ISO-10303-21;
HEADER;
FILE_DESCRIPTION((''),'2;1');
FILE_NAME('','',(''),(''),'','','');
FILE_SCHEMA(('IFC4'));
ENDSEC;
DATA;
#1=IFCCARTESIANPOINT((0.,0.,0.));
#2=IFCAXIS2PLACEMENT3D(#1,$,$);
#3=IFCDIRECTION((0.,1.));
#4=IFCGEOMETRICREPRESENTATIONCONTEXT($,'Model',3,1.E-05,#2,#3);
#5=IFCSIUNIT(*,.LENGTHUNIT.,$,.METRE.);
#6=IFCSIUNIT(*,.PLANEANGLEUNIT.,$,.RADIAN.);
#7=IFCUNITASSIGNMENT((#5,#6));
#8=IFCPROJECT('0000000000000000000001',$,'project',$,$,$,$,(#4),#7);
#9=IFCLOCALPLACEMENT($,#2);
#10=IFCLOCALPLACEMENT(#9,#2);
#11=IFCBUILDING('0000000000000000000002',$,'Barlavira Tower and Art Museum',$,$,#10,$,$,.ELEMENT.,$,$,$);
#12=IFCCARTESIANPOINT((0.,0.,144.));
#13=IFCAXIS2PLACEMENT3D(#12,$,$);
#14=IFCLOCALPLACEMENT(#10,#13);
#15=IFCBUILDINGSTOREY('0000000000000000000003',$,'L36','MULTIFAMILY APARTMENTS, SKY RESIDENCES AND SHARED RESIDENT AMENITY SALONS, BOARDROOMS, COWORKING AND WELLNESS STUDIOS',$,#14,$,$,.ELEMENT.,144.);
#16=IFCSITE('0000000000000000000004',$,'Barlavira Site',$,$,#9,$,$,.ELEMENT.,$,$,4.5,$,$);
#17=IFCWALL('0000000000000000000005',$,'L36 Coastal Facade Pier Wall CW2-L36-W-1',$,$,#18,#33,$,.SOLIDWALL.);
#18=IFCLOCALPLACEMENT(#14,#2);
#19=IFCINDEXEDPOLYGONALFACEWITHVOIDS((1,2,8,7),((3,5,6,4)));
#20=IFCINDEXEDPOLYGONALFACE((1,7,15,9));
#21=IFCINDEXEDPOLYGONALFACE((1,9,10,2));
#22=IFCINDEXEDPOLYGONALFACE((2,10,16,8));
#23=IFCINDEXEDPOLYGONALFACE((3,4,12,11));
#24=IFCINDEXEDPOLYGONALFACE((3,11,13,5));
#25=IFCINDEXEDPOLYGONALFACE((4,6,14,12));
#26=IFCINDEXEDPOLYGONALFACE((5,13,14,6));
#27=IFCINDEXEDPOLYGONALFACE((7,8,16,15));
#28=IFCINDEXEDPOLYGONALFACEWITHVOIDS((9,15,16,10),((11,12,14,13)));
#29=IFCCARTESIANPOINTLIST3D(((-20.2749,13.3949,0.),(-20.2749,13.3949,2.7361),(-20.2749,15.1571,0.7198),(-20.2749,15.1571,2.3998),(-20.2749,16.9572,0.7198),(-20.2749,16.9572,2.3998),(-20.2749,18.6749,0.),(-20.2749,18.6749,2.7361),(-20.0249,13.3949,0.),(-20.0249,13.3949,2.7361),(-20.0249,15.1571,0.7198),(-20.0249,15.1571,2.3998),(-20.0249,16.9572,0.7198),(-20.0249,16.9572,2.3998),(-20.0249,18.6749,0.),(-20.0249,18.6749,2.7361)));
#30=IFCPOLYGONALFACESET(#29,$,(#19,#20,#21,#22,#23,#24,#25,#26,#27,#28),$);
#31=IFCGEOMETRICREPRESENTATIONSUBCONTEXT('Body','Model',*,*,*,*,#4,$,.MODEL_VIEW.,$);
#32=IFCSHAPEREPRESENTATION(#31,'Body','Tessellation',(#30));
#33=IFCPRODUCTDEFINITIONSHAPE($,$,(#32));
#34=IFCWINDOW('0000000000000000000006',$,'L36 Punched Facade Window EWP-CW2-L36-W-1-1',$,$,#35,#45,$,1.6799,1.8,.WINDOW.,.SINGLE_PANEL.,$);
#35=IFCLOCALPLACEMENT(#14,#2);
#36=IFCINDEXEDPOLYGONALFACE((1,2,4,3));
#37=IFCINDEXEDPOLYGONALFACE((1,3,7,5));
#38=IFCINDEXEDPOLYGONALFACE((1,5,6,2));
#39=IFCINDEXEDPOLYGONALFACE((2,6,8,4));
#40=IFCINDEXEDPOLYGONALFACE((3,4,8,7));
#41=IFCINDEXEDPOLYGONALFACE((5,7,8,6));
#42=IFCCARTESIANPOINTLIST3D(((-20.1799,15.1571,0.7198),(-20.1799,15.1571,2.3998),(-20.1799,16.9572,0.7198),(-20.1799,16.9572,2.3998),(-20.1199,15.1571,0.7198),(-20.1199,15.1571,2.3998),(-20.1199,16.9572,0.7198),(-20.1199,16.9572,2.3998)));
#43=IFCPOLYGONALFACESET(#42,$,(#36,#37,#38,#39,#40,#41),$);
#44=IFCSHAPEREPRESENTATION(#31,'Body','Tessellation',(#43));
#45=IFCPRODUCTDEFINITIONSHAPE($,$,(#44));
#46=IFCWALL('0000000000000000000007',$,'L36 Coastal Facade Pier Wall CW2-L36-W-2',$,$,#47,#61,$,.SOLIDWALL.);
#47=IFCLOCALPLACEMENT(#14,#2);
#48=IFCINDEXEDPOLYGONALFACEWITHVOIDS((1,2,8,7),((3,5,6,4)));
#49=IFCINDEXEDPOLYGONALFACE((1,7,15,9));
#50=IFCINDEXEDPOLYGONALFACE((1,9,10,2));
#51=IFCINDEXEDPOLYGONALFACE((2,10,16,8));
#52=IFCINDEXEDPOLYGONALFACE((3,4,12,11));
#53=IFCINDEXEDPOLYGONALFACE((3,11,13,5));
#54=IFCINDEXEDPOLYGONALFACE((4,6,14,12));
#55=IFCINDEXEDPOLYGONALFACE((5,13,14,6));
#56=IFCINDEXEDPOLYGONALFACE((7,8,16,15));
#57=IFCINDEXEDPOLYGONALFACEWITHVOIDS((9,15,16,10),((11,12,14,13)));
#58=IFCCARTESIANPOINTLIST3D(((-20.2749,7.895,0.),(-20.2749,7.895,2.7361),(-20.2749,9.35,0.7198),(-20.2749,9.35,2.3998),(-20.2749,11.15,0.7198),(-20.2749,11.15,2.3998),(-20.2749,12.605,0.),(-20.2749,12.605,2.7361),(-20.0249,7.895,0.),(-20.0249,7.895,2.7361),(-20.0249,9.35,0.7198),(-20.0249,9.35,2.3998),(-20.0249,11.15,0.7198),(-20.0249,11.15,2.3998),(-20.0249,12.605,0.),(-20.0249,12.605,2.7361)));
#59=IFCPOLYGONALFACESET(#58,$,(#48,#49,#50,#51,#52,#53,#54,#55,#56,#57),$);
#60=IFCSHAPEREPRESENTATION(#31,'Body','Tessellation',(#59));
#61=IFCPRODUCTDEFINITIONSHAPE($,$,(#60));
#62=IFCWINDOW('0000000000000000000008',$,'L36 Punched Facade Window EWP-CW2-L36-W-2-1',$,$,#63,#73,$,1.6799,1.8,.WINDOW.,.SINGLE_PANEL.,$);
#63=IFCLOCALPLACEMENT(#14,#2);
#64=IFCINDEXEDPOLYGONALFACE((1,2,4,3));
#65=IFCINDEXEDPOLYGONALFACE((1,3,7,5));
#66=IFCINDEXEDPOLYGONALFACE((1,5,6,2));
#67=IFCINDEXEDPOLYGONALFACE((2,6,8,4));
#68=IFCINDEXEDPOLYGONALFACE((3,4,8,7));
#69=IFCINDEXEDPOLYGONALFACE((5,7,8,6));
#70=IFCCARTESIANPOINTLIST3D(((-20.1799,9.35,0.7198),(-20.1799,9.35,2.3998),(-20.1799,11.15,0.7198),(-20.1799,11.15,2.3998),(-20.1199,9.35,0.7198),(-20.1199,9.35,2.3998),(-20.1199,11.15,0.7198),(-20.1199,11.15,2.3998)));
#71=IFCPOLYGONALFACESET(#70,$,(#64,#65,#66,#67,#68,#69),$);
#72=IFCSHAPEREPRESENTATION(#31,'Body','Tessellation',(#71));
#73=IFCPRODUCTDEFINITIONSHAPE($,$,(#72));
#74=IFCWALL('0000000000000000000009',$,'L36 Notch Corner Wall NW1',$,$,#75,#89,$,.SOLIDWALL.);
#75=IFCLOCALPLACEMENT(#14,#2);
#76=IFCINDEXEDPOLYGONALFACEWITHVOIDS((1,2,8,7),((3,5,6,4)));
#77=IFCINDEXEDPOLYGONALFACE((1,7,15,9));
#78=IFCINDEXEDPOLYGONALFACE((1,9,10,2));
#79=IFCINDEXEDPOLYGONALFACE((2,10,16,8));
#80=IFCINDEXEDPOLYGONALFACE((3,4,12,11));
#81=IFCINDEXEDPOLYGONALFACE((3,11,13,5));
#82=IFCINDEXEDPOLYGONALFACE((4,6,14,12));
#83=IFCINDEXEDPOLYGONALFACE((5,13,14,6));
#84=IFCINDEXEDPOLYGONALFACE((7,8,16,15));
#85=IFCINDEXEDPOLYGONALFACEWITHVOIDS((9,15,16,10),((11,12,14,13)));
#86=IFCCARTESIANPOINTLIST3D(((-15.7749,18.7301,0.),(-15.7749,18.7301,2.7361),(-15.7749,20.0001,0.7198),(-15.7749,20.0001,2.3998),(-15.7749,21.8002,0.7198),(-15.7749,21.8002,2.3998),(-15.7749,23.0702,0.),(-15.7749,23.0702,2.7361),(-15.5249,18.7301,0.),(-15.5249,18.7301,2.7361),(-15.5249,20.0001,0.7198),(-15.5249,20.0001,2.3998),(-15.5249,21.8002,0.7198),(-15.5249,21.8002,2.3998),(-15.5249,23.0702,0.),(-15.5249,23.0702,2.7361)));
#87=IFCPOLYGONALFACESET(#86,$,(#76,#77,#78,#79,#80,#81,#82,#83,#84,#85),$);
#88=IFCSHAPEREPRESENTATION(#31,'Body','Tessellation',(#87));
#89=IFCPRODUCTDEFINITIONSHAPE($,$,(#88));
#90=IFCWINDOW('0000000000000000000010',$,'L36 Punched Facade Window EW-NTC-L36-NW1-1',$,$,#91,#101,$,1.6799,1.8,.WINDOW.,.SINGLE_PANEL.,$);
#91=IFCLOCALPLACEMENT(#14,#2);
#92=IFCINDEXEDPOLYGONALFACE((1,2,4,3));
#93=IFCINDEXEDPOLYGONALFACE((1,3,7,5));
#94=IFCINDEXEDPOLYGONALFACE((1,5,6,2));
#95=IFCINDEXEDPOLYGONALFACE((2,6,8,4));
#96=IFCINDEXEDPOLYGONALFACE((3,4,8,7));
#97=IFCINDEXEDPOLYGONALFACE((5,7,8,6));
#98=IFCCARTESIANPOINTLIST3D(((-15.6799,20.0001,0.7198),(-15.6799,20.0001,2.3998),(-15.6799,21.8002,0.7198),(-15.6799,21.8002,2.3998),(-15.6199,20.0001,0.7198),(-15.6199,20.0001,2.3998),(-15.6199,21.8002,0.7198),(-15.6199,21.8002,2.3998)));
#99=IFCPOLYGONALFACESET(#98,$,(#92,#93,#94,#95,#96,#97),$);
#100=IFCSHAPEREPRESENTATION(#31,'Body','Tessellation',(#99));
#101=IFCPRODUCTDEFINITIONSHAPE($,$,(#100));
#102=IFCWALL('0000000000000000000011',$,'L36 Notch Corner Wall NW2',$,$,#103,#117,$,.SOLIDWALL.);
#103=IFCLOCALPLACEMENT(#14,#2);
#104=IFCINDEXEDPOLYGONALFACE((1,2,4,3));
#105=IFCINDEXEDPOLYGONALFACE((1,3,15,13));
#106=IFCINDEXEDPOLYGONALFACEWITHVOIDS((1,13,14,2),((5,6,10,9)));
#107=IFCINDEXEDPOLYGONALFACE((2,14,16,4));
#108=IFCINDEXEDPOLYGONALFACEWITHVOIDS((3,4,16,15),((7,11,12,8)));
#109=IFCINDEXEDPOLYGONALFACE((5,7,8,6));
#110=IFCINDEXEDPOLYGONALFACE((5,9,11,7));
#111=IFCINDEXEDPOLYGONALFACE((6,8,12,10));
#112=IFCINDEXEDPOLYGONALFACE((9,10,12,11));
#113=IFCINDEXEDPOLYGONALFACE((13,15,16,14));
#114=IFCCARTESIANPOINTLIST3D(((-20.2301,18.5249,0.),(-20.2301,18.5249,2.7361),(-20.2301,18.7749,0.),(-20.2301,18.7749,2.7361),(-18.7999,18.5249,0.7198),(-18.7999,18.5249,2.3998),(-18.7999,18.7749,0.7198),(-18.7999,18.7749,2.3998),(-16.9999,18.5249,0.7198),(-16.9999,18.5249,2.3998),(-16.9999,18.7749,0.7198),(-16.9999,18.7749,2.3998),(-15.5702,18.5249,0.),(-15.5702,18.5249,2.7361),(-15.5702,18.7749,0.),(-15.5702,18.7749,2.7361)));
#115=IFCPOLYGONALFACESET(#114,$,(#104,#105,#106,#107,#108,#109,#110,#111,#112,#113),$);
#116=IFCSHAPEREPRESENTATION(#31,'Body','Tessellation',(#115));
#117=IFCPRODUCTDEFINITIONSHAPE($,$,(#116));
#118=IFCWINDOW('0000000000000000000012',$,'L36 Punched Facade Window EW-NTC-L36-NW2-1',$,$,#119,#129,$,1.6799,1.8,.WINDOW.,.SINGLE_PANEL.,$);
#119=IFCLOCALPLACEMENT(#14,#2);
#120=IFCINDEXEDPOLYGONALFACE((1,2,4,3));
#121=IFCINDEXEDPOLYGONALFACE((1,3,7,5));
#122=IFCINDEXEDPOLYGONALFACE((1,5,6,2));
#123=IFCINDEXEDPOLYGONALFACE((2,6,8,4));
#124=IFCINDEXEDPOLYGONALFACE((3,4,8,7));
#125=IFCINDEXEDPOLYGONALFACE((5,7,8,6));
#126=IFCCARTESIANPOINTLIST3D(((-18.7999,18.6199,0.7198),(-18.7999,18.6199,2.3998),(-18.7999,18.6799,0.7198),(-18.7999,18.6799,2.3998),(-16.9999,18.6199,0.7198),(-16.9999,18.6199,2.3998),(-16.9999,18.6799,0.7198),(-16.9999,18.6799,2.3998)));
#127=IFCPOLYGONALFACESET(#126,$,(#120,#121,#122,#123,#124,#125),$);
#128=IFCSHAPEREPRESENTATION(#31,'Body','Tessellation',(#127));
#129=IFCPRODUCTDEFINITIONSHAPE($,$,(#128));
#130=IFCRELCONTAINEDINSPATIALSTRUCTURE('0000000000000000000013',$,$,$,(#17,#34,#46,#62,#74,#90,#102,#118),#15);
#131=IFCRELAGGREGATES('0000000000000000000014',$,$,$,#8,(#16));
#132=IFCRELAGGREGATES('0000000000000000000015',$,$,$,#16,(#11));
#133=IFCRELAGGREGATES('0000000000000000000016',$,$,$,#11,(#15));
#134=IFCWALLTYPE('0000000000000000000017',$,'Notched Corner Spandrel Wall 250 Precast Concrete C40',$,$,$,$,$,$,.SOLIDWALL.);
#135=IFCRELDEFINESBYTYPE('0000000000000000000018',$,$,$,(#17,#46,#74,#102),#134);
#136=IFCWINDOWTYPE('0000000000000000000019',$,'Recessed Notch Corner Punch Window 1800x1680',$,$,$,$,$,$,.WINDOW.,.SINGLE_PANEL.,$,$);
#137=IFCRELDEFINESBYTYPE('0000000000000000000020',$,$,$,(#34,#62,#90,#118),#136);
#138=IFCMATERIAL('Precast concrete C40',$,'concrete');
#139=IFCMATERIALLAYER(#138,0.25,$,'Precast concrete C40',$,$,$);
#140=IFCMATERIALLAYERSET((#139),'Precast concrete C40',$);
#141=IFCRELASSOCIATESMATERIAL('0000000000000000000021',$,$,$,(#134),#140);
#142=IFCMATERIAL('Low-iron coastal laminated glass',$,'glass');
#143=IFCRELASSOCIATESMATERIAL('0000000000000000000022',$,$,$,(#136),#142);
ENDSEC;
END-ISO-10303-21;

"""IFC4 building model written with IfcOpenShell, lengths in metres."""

from ifc_helpers import new_model, si_unit, direction, frame, frame_2d, origin, place, context, subcontext, project, spatial, rectangle, extrude, material, layer, layer_set, type_object, element, fill, save


model = new_model("IFC4")

# Units and contexts
model_context = context("Model", 3, precision=1e-05, world=origin(), true_north=direction((0.0, 1.0)))
body_context = subcontext(model_context, "Body", "Model", "MODEL_VIEW")
ifc_project = project(units=[si_unit("LENGTHUNIT", "METRE"), si_unit("PLANEANGLEUNIT", "RADIAN")], contexts=[model_context])

# Site, building, storey
site_placement = place(None, origin())
site = spatial("IfcSite", under=ifc_project, at=site_placement, Name="Barlavira Site", CompositionType="ELEMENT", RefElevation=4.5)
building_placement = place(site_placement, origin())
building = spatial("IfcBuilding", under=site, at=building_placement, Name="Barlavira Tower and Art Museum", CompositionType="ELEMENT")
storey_placement = place(building_placement, frame((0.0, 0.0, 144.0)))
storey = spatial("IfcBuildingStorey", under=building, at=storey_placement, Name="L36", Description="MULTIFAMILY APARTMENTS, SKY RESIDENCES AND SHARED RESIDENT AMENITY SALONS, BOARDROOMS, COWORKING AND WELLNESS STUDIOS", CompositionType="ELEMENT", Elevation=144.0)

# Walls, openings, windows
ifc_material_1 = material(Name="Precast concrete C40", Category="concrete")
ifc_layer_1 = layer(ifc_material_1, 0.25, Name="Precast concrete C40")
ifc_layer_set_1 = layer_set([ifc_layer_1], Name="Precast concrete C40")
wall_type_1 = type_object("IfcWallType", Name="Notched Corner Spandrel Wall 250 Precast Concrete C40", PredefinedType="SOLIDWALL", material=ifc_layer_set_1)
ifc_material_2 = material(Name="Low-iron coastal laminated glass", Category="glass")
window_type = type_object("IfcWindowType", Name="Recessed Notch Corner Punch Window 1800x1680", PartitioningType="SINGLE_PANEL", PredefinedType="WINDOW", material=ifc_material_2)
wall_1_placement = place(storey_placement, frame((-20.1499, 18.675, 0.0), z_axis=(0.0, 0.0, 1.0), x_axis=(0.0, -1.0, 0.0)))
wall_1 = element("IfcWall", 1, at=wall_1_placement, inside=storey, type_object=wall_type_1, Name="L36 Coastal Facade Pier Wall CW2-L36-W-1", PredefinedType="SOLIDWALL", context=body_context, shape_type="SweptSolid", body=[
    extrude(rectangle(XDim=5.28, YDim=0.25, at=frame_2d((2.6401, 0.0))), origin(), (0.0, 0.0, 1.0), 2.7361),
])
opening_1_placement = place(wall_1_placement, frame((1.718, 0.0, 0.72)))
opening_1 = element("IfcOpeningElement", 2, at=opening_1_placement, cuts=wall_1, PredefinedType="OPENING", context=body_context, shape_type="SweptSolid", body=[
    extrude(rectangle(XDim=1.8, YDim=1.6799, at=frame_2d((0.8999, 0.8398))), frame((0.0, 0.135, 0.0), z_axis=(0.0, -1.0, 0.0), x_axis=(1.0, 0.0, 0.0)), (0.0, 0.0, 1.0), 0.27),
])
window_1_placement = place(opening_1_placement, origin())
window_1 = element("IfcWindow", 3, at=window_1_placement, inside=storey, type_object=window_type, Name="L36 Punched Facade Window EWP-CW2-L36-W-1-1", OverallHeight=1.6799, OverallWidth=1.8, PartitioningType="SINGLE_PANEL", PredefinedType="WINDOW", context=body_context, shape_type="SweptSolid", body=[
    extrude(rectangle(XDim=1.8, YDim=1.6799, at=frame_2d((0.8999, 0.8398))), frame((0.0, 0.03, 0.0), z_axis=(0.0, -1.0, 0.0), x_axis=(1.0, 0.0, 0.0)), (0.0, 0.0, 1.0), 0.0601),
])
fill(opening_1, window_1)
wall_2_placement = place(storey_placement, frame((-20.1499, 12.605, 0.0), z_axis=(0.0, 0.0, 1.0), x_axis=(0.0, -1.0, 0.0)))
wall_2 = element("IfcWall", 4, at=wall_2_placement, inside=storey, type_object=wall_type_1, Name="L36 Coastal Facade Pier Wall CW2-L36-W-2", PredefinedType="SOLIDWALL", context=body_context, shape_type="SweptSolid", body=[
    extrude(rectangle(XDim=4.71, YDim=0.25, at=frame_2d((2.355, 0.0))), origin(), (0.0, 0.0, 1.0), 2.7361),
])
opening_2_placement = place(wall_2_placement, frame((1.4551, 0.0, 0.72)))
opening_2 = element("IfcOpeningElement", 5, at=opening_2_placement, cuts=wall_2, PredefinedType="OPENING", context=body_context, shape_type="SweptSolid", body=[
    extrude(rectangle(XDim=1.8, YDim=1.6799, at=frame_2d((0.8999, 0.8398))), frame((0.0, 0.135, 0.0), z_axis=(0.0, -1.0, 0.0), x_axis=(1.0, 0.0, 0.0)), (0.0, 0.0, 1.0), 0.27),
])
window_2_placement = place(opening_2_placement, origin())
window_2 = element("IfcWindow", 6, at=window_2_placement, inside=storey, type_object=window_type, Name="L36 Punched Facade Window EWP-CW2-L36-W-2-1", OverallHeight=1.6799, OverallWidth=1.8, PartitioningType="SINGLE_PANEL", PredefinedType="WINDOW", context=body_context, shape_type="SweptSolid", body=[
    extrude(rectangle(XDim=1.8, YDim=1.6799, at=frame_2d((0.8999, 0.8398))), frame((0.0, 0.03, 0.0), z_axis=(0.0, -1.0, 0.0), x_axis=(1.0, 0.0, 0.0)), (0.0, 0.0, 1.0), 0.0601),
])
fill(opening_2, window_2)
wall_3_placement = place(storey_placement, frame((-15.6499, 23.0701, 0.0), z_axis=(0.0, 0.0, 1.0), x_axis=(0.0, -1.0, 0.0)))
wall_3 = element("IfcWall", 7, at=wall_3_placement, inside=storey, type_object=wall_type_1, Name="L36 Notch Corner Wall NW1", PredefinedType="SOLIDWALL", context=body_context, shape_type="SweptSolid", body=[
    extrude(rectangle(XDim=4.3401, YDim=0.25, at=frame_2d((2.1699, 0.0))), origin(), (0.0, 0.0, 1.0), 2.7361),
])
opening_3_placement = place(wall_3_placement, frame((1.27, 0.0, 0.72)))
opening_3 = element("IfcOpeningElement", 8, at=opening_3_placement, cuts=wall_3, PredefinedType="OPENING", context=body_context, shape_type="SweptSolid", body=[
    extrude(rectangle(XDim=1.8, YDim=1.6799, at=frame_2d((0.8999, 0.8398))), frame((0.0, 0.135, 0.0), z_axis=(0.0, -1.0, 0.0), x_axis=(1.0, 0.0, 0.0)), (0.0, 0.0, 1.0), 0.27),
])
window_3_placement = place(opening_3_placement, origin())
window_3 = element("IfcWindow", 9, at=window_3_placement, inside=storey, type_object=window_type, Name="L36 Punched Facade Window EW-NTC-L36-NW1-1", OverallHeight=1.6799, OverallWidth=1.8, PartitioningType="SINGLE_PANEL", PredefinedType="WINDOW", context=body_context, shape_type="SweptSolid", body=[
    extrude(rectangle(XDim=1.8, YDim=1.6799, at=frame_2d((0.8999, 0.8398))), frame((0.0, 0.03, 0.0), z_axis=(0.0, -1.0, 0.0), x_axis=(1.0, 0.0, 0.0)), (0.0, 0.0, 1.0), 0.0601),
])
fill(opening_3, window_3)
wall_4_placement = place(storey_placement, frame((-15.5701, 18.6499, 0.0), z_axis=(0.0, 0.0, 1.0), x_axis=(-1.0, 0.0, 0.0)))
wall_4 = element("IfcWall", 10, at=wall_4_placement, inside=storey, type_object=wall_type_1, Name="L36 Notch Corner Wall NW2", PredefinedType="SOLIDWALL", context=body_context, shape_type="SweptSolid", body=[
    extrude(rectangle(XDim=4.6599, YDim=0.25, at=frame_2d((2.3301, 0.0))), origin(), (0.0, 0.0, 1.0), 2.7361),
])
opening_4_placement = place(wall_4_placement, frame((1.4299, 0.0, 0.72)))
opening_4 = element("IfcOpeningElement", 11, at=opening_4_placement, cuts=wall_4, PredefinedType="OPENING", context=body_context, shape_type="SweptSolid", body=[
    extrude(rectangle(XDim=1.8, YDim=1.6799, at=frame_2d((0.8999, 0.8398))), frame((0.0, 0.135, 0.0), z_axis=(0.0, -1.0, 0.0), x_axis=(1.0, 0.0, 0.0)), (0.0, 0.0, 1.0), 0.27),
])
window_4_placement = place(opening_4_placement, origin())
window_4 = element("IfcWindow", 12, at=window_4_placement, inside=storey, type_object=window_type, Name="L36 Punched Facade Window EW-NTC-L36-NW2-1", OverallHeight=1.6799, OverallWidth=1.8, PartitioningType="SINGLE_PANEL", PredefinedType="WINDOW", context=body_context, shape_type="SweptSolid", body=[
    extrude(rectangle(XDim=1.8, YDim=1.6799, at=frame_2d((0.8999, 0.8398))), frame((0.0, 0.03, 0.0), z_axis=(0.0, -1.0, 0.0), x_axis=(1.0, 0.0, 0.0)), (0.0, 0.0, 1.0), 0.0601),
])
fill(opening_4, window_4)

save(model, "model.ifc")
